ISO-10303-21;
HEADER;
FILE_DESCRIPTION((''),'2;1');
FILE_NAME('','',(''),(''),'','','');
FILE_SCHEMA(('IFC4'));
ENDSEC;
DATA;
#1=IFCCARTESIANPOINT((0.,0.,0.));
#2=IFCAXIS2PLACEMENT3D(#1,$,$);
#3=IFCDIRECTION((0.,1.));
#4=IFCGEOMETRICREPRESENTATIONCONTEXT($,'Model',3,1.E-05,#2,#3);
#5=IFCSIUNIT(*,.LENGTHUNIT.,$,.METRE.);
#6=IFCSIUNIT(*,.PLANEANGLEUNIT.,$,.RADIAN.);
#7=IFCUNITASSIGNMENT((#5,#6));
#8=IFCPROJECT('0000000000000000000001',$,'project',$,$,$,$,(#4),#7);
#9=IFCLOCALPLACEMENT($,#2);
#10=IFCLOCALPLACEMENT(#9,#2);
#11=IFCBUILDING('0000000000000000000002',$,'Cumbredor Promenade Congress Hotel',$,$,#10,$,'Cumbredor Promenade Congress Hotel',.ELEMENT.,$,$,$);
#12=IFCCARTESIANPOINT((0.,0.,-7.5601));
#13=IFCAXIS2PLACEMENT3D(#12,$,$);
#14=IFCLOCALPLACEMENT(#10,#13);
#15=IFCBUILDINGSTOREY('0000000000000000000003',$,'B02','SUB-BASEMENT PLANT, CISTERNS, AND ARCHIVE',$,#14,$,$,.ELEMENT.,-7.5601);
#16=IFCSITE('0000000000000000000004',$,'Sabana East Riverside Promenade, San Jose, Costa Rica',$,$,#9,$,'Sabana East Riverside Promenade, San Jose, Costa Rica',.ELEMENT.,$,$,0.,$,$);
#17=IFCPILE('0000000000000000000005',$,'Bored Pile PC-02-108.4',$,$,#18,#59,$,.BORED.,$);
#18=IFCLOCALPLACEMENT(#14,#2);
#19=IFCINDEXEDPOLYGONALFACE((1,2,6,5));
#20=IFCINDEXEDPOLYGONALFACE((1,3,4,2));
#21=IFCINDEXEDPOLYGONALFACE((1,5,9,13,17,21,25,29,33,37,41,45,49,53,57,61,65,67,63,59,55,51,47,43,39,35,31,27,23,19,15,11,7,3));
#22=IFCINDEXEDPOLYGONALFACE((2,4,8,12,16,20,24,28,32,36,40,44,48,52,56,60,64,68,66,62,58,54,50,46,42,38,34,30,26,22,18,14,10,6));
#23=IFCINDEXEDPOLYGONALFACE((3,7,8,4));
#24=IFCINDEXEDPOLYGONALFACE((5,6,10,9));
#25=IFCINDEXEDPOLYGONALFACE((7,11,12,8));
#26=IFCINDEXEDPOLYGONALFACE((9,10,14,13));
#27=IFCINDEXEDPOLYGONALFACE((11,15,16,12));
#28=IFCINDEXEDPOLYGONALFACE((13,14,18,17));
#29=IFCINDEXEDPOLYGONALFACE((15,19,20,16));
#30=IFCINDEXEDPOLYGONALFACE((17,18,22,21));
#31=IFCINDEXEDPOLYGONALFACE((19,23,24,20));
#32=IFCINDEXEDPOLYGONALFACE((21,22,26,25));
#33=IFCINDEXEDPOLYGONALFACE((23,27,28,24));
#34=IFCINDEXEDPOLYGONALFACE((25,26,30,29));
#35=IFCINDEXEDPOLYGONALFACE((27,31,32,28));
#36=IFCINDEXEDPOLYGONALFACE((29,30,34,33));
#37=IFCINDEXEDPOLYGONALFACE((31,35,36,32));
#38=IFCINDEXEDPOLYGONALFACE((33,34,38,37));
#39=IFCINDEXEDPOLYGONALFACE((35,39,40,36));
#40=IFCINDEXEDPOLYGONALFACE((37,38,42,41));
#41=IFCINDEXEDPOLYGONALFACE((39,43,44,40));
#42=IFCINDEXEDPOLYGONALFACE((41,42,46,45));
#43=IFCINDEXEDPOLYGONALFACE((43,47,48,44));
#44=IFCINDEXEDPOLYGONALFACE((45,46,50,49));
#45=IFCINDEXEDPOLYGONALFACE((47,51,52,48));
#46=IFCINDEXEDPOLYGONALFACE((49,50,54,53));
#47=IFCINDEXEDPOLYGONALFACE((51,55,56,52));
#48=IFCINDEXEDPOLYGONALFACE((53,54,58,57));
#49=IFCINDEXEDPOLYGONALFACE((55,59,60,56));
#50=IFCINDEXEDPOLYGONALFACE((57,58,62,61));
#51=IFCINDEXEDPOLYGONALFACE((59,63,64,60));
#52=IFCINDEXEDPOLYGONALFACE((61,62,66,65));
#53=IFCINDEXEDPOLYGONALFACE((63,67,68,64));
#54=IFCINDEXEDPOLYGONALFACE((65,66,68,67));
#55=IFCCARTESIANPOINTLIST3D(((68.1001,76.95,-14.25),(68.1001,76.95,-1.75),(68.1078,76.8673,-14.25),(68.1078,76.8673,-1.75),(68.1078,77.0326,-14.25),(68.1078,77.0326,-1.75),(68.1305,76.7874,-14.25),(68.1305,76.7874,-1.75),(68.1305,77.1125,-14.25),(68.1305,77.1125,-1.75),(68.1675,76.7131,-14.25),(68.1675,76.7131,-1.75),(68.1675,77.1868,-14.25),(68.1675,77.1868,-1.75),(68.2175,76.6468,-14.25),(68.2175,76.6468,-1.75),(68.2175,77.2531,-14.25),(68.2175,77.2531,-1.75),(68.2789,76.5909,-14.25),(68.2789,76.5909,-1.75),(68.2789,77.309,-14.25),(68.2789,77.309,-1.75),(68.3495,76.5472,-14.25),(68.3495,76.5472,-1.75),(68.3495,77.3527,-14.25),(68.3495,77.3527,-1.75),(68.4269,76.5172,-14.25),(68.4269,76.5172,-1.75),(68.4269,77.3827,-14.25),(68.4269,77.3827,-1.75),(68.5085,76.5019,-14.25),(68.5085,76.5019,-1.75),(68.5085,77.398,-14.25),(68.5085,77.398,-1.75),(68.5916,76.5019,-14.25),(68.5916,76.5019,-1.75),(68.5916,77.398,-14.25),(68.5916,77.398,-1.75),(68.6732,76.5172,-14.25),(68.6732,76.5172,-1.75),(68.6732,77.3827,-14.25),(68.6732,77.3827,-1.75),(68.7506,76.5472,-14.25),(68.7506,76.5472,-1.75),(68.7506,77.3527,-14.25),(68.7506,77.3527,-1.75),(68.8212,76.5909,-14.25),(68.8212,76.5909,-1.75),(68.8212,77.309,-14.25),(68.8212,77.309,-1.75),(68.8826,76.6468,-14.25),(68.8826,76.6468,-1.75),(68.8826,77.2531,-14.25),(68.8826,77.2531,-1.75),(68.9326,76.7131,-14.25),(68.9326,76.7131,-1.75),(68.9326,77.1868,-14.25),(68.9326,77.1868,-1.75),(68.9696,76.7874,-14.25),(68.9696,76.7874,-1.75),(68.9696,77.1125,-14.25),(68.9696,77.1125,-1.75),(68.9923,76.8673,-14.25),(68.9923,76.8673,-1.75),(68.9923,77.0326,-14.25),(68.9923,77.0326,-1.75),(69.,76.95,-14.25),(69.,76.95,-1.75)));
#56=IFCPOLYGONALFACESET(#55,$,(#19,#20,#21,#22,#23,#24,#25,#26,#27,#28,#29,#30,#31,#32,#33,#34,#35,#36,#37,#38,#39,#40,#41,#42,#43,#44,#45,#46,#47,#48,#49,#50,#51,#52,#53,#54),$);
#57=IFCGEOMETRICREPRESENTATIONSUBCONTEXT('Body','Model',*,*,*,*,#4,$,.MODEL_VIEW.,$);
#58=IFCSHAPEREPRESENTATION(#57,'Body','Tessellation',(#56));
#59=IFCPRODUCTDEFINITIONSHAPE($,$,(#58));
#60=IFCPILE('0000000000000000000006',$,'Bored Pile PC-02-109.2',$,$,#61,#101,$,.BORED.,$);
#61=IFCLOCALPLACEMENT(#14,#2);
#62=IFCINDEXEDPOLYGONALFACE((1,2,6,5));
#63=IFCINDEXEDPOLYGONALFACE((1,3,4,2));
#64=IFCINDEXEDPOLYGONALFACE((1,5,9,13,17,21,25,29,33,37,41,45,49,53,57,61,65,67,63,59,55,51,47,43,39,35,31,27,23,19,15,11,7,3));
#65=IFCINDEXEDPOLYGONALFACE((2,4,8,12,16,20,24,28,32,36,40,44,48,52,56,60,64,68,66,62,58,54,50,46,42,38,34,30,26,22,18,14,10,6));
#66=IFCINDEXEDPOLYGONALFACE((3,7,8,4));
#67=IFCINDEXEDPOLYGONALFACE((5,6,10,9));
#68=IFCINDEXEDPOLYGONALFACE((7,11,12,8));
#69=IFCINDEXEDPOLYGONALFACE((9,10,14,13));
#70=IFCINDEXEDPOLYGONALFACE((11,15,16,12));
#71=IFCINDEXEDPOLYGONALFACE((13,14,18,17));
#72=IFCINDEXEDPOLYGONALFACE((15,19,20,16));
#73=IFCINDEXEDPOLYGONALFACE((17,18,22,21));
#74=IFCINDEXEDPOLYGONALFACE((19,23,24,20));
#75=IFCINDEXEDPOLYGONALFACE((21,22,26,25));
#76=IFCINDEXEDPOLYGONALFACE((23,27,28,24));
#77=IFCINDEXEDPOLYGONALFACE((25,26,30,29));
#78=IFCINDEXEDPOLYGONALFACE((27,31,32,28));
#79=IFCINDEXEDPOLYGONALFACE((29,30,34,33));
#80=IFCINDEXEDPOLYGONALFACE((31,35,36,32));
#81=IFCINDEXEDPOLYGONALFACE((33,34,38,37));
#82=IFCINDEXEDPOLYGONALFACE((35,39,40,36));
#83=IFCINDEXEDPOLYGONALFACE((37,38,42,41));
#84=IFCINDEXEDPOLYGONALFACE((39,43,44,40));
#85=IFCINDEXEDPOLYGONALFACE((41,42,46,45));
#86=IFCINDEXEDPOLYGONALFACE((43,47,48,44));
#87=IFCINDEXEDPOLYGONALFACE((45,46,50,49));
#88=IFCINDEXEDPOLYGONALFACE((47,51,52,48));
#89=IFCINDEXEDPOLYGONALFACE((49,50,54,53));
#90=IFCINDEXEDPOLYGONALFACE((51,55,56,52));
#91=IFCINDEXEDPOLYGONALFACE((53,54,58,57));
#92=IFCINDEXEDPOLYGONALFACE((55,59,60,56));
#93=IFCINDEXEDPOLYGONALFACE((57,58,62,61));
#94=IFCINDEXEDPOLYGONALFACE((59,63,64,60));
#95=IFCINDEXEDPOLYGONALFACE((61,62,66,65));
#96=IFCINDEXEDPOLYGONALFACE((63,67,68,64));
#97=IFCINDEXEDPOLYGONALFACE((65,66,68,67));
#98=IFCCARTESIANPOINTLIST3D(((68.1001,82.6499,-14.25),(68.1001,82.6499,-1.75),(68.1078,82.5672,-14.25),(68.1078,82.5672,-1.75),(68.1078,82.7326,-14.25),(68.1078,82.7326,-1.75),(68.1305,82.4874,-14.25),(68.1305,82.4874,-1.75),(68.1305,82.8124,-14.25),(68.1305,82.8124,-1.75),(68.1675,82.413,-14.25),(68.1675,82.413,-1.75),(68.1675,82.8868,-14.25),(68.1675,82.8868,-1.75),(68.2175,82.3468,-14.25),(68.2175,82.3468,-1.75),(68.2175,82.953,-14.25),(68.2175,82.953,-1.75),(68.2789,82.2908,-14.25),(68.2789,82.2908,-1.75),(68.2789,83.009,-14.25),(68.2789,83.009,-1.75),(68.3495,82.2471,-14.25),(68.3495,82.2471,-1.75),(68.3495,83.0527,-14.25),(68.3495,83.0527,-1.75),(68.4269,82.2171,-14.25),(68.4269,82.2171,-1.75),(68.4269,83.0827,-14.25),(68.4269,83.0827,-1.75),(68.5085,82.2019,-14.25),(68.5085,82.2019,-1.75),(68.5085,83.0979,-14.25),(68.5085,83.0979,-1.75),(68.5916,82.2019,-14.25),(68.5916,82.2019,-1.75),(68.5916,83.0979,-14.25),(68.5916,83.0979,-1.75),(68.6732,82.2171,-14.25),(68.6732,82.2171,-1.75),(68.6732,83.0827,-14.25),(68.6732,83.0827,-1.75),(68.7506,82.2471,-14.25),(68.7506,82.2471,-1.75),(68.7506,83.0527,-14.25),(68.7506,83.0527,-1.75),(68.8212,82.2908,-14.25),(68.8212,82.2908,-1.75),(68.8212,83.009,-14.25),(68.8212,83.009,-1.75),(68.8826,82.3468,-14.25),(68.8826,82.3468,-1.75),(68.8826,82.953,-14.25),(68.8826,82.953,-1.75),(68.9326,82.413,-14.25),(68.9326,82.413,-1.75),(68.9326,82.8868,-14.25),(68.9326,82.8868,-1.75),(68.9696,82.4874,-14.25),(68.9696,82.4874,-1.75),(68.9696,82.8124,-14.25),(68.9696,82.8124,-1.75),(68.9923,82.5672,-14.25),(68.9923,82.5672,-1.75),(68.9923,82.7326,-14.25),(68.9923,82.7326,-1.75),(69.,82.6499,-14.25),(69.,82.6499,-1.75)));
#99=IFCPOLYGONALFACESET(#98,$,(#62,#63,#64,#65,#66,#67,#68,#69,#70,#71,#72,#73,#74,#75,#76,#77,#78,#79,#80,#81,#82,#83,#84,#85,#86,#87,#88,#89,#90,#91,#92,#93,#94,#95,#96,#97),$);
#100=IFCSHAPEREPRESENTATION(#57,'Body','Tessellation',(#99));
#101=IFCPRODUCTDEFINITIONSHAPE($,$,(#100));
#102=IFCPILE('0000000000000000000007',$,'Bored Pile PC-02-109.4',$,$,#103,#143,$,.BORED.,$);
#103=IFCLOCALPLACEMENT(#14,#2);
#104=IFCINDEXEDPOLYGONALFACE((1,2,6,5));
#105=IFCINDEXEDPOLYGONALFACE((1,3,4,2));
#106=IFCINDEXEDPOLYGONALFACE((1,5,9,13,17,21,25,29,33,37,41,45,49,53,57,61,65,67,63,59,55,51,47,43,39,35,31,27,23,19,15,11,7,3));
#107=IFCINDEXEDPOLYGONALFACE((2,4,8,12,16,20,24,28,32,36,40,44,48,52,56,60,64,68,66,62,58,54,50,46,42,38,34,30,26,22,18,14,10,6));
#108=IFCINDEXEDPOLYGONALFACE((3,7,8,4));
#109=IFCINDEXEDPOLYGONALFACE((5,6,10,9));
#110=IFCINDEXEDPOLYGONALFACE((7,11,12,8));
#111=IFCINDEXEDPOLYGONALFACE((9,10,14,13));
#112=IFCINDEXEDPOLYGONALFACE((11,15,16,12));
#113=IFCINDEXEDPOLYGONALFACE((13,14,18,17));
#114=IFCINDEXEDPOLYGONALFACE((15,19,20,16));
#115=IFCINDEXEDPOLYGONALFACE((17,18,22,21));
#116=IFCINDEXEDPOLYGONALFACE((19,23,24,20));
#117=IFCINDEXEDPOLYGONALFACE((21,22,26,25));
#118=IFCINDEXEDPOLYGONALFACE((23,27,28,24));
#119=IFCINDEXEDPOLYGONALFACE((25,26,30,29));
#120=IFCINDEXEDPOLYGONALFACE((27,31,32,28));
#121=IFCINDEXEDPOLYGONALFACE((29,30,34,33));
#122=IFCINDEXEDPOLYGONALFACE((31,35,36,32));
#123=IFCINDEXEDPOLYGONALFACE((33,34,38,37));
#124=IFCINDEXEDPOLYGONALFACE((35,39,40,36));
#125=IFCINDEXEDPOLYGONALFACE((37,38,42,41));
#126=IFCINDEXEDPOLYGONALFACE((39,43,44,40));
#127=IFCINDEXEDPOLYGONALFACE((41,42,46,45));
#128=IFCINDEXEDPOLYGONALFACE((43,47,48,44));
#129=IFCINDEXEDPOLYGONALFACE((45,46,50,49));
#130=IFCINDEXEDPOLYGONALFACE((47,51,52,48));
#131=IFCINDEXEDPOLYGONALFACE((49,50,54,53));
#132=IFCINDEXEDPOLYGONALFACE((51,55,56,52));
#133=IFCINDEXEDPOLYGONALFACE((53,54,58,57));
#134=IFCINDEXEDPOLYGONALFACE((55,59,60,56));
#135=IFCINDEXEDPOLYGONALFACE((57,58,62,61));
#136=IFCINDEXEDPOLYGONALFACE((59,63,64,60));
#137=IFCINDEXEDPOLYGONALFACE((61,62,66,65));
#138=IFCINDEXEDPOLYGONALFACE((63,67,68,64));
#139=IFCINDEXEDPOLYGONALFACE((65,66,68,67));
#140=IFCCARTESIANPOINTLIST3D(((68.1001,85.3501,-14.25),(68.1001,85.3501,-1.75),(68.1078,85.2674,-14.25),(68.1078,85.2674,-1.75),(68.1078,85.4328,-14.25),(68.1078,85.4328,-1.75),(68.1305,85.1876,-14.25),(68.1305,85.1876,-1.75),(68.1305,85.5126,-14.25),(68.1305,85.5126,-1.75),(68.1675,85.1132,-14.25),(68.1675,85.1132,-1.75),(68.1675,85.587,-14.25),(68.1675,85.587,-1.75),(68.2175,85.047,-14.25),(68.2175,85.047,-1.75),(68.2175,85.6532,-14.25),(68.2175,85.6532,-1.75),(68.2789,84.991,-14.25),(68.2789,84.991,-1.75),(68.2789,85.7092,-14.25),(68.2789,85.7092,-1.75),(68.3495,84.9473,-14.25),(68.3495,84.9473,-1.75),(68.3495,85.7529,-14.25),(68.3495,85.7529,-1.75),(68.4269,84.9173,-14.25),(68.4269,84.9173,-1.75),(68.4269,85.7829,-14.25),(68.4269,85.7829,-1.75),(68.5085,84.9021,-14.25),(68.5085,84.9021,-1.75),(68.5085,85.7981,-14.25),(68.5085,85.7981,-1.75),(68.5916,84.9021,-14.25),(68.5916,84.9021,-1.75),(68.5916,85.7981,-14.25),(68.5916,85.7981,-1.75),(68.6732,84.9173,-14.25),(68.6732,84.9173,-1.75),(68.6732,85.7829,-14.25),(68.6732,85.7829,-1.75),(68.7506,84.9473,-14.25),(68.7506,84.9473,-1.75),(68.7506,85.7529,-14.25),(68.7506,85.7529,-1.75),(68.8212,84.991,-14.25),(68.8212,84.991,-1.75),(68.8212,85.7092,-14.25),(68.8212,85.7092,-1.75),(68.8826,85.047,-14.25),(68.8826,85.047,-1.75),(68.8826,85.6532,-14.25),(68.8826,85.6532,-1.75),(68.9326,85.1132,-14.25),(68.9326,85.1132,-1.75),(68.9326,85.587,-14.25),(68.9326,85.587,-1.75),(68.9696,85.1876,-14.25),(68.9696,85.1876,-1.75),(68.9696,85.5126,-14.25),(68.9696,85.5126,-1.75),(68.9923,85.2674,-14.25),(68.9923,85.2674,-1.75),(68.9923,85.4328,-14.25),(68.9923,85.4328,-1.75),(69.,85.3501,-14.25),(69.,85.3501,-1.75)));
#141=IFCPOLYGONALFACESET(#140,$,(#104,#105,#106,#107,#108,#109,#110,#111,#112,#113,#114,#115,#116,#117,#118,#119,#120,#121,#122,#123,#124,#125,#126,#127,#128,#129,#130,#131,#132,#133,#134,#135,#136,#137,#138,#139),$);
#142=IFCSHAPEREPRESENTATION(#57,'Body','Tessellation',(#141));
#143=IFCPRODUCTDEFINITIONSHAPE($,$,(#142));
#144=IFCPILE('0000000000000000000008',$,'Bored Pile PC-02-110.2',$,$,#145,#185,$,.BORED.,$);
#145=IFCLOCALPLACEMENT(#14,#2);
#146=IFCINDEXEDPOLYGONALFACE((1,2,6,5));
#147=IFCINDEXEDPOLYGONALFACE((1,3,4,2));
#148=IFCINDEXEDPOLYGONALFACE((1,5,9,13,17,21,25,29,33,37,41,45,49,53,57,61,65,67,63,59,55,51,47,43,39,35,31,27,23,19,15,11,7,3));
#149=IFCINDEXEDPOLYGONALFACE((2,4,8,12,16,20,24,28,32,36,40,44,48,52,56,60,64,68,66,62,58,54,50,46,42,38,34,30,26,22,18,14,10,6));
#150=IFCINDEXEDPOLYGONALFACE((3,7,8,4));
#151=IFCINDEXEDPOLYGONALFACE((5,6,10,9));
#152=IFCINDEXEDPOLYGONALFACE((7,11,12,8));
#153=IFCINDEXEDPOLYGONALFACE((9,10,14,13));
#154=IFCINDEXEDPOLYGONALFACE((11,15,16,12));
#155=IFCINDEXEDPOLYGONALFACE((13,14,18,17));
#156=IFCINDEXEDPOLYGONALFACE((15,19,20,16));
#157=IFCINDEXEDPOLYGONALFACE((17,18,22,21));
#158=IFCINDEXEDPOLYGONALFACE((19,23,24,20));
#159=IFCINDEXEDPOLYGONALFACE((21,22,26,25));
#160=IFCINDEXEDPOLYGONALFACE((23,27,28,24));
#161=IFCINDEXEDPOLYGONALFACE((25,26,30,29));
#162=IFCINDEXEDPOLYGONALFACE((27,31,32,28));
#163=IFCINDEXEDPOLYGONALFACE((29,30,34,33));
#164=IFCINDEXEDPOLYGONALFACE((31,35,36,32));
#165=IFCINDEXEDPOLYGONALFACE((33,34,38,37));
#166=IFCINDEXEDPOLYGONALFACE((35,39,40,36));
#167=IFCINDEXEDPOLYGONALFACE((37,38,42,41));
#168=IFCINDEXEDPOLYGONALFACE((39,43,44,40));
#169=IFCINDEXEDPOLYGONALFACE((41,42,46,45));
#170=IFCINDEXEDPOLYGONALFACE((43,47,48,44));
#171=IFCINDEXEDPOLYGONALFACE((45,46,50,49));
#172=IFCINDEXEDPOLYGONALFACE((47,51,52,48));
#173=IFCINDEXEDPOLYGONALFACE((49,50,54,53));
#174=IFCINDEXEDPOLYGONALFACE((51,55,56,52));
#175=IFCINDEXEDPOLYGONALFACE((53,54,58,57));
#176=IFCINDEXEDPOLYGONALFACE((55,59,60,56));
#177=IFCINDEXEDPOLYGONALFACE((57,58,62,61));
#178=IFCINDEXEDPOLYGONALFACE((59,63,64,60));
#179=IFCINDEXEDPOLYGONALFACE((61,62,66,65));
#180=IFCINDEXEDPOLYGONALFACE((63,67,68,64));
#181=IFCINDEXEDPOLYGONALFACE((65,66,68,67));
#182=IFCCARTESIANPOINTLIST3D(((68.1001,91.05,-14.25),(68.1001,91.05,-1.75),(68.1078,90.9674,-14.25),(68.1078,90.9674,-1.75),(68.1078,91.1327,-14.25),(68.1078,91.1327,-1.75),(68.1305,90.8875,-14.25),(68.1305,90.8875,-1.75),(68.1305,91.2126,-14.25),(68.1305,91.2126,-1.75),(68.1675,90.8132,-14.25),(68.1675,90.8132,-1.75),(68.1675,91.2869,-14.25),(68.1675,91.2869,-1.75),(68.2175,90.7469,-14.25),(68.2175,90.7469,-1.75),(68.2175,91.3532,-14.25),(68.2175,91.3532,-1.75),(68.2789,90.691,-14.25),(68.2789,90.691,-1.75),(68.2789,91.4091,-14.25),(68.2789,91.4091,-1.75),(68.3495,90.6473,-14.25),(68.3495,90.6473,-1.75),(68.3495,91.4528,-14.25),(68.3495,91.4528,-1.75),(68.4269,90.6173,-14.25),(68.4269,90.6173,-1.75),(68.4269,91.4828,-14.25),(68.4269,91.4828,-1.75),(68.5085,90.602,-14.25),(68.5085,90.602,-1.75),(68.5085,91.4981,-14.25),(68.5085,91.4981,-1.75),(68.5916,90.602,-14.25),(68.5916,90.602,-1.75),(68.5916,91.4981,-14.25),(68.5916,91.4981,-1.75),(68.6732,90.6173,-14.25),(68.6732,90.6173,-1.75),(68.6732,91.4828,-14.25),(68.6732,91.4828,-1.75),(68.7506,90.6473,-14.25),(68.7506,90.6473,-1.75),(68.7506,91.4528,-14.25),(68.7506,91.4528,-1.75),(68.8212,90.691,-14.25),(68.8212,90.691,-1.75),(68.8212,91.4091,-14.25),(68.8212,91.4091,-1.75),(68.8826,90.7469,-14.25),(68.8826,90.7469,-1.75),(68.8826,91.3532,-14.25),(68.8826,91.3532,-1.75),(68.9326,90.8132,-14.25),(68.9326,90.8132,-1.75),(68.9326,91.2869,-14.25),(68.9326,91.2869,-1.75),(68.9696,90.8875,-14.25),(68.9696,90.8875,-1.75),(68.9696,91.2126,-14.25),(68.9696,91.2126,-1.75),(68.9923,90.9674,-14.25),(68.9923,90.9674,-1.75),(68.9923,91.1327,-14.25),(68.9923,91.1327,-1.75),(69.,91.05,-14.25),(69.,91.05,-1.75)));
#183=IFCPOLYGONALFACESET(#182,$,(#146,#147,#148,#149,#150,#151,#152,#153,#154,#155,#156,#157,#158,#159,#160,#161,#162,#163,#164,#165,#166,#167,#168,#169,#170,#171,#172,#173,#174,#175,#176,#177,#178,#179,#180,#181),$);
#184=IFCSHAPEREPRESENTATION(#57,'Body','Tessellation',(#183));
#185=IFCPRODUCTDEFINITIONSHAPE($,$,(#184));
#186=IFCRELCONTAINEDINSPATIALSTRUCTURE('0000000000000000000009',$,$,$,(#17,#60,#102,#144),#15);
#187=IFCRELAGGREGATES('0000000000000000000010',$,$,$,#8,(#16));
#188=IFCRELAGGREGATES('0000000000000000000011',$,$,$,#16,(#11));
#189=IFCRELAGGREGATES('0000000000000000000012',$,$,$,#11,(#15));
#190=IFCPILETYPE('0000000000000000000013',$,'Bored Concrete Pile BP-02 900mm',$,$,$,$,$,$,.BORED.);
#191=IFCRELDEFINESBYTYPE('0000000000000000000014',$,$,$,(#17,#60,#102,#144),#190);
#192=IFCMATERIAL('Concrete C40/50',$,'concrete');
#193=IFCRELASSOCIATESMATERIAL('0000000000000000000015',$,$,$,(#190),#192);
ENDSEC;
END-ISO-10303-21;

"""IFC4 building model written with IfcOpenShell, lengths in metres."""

from ifc_helpers import new_model, si_unit, direction, frame, origin, origin_2d, place, context, subcontext, project, spatial, circle, extrude, material, material_profile, profile_set, type_object, element, save


model = new_model("IFC4")

# Units and contexts
model_context = context("Model", 3, precision=1e-05, world=origin(), true_north=direction((0.0, 1.0)))
body_context = subcontext(model_context, "Body", "Model", "MODEL_VIEW")
ifc_project = project(units=[si_unit("LENGTHUNIT", "METRE"), si_unit("PLANEANGLEUNIT", "RADIAN")], contexts=[model_context])

# Site, building, storey
site_placement = place(None, origin())
site = spatial("IfcSite", under=ifc_project, at=site_placement, Name="Sabana East Riverside Promenade, San Jose, Costa Rica", LongName="Sabana East Riverside Promenade, San Jose, Costa Rica", CompositionType="ELEMENT", RefElevation=0.0)
building_placement = place(site_placement, origin())
building = spatial("IfcBuilding", under=site, at=building_placement, Name="Cumbredor Promenade Congress Hotel", LongName="Cumbredor Promenade Congress Hotel", CompositionType="ELEMENT")
storey_placement = place(building_placement, frame((0.0, 0.0, -7.5601)))
storey = spatial("IfcBuildingStorey", under=building, at=storey_placement, Name="B02", Description="SUB-BASEMENT PLANT, CISTERNS, AND ARCHIVE", CompositionType="ELEMENT", Elevation=-7.5601)

# Piles
ifc_material_1 = material(Name="Concrete C40/50", Category="concrete")
ifc_material_profile_1 = material_profile(ifc_material_1, circle(Radius=0.45, at=origin_2d()), Name="PILE D900")
ifc_profile_set_1 = profile_set([ifc_material_profile_1], Name="Concrete C40/50")
pile_type = type_object("IfcPileType", Name="Bored Concrete Pile BP-02 900mm", PredefinedType="BORED", material=ifc_profile_set_1)
for number, where, z_axis, x_axis, name in (
    (1, (68.55, 76.95, -1.75), (0.0, 0.0, -1.0), (1.0, 0.0, 0.0), "Bored Pile PC-02-108.4"),
    (2, (68.55, 82.6499, -1.75), (0.0, 0.0, -1.0), (1.0, 0.0, 0.0), "Bored Pile PC-02-109.2"),
    (3, (68.55, 85.3501, -1.75), (0.0, 0.0, -1.0), (1.0, 0.0, 0.0), "Bored Pile PC-02-109.4"),
    (4, (68.55, 91.05, -1.75), (0.0, 0.0, -1.0), (1.0, 0.0, 0.0), "Bored Pile PC-02-110.2"),
):
    element("IfcPile", number, at=place(storey_placement, frame(where, z_axis=z_axis, x_axis=x_axis)), inside=storey, type_object=pile_type, Name=name, PredefinedType="BORED", context=body_context, shape_type="SweptSolid", body=[
        extrude(circle(Radius=0.45, at=origin_2d()), origin(), (0.0, 0.0, 1.0), 12.5),
    ])

save(model, "model.ifc")
